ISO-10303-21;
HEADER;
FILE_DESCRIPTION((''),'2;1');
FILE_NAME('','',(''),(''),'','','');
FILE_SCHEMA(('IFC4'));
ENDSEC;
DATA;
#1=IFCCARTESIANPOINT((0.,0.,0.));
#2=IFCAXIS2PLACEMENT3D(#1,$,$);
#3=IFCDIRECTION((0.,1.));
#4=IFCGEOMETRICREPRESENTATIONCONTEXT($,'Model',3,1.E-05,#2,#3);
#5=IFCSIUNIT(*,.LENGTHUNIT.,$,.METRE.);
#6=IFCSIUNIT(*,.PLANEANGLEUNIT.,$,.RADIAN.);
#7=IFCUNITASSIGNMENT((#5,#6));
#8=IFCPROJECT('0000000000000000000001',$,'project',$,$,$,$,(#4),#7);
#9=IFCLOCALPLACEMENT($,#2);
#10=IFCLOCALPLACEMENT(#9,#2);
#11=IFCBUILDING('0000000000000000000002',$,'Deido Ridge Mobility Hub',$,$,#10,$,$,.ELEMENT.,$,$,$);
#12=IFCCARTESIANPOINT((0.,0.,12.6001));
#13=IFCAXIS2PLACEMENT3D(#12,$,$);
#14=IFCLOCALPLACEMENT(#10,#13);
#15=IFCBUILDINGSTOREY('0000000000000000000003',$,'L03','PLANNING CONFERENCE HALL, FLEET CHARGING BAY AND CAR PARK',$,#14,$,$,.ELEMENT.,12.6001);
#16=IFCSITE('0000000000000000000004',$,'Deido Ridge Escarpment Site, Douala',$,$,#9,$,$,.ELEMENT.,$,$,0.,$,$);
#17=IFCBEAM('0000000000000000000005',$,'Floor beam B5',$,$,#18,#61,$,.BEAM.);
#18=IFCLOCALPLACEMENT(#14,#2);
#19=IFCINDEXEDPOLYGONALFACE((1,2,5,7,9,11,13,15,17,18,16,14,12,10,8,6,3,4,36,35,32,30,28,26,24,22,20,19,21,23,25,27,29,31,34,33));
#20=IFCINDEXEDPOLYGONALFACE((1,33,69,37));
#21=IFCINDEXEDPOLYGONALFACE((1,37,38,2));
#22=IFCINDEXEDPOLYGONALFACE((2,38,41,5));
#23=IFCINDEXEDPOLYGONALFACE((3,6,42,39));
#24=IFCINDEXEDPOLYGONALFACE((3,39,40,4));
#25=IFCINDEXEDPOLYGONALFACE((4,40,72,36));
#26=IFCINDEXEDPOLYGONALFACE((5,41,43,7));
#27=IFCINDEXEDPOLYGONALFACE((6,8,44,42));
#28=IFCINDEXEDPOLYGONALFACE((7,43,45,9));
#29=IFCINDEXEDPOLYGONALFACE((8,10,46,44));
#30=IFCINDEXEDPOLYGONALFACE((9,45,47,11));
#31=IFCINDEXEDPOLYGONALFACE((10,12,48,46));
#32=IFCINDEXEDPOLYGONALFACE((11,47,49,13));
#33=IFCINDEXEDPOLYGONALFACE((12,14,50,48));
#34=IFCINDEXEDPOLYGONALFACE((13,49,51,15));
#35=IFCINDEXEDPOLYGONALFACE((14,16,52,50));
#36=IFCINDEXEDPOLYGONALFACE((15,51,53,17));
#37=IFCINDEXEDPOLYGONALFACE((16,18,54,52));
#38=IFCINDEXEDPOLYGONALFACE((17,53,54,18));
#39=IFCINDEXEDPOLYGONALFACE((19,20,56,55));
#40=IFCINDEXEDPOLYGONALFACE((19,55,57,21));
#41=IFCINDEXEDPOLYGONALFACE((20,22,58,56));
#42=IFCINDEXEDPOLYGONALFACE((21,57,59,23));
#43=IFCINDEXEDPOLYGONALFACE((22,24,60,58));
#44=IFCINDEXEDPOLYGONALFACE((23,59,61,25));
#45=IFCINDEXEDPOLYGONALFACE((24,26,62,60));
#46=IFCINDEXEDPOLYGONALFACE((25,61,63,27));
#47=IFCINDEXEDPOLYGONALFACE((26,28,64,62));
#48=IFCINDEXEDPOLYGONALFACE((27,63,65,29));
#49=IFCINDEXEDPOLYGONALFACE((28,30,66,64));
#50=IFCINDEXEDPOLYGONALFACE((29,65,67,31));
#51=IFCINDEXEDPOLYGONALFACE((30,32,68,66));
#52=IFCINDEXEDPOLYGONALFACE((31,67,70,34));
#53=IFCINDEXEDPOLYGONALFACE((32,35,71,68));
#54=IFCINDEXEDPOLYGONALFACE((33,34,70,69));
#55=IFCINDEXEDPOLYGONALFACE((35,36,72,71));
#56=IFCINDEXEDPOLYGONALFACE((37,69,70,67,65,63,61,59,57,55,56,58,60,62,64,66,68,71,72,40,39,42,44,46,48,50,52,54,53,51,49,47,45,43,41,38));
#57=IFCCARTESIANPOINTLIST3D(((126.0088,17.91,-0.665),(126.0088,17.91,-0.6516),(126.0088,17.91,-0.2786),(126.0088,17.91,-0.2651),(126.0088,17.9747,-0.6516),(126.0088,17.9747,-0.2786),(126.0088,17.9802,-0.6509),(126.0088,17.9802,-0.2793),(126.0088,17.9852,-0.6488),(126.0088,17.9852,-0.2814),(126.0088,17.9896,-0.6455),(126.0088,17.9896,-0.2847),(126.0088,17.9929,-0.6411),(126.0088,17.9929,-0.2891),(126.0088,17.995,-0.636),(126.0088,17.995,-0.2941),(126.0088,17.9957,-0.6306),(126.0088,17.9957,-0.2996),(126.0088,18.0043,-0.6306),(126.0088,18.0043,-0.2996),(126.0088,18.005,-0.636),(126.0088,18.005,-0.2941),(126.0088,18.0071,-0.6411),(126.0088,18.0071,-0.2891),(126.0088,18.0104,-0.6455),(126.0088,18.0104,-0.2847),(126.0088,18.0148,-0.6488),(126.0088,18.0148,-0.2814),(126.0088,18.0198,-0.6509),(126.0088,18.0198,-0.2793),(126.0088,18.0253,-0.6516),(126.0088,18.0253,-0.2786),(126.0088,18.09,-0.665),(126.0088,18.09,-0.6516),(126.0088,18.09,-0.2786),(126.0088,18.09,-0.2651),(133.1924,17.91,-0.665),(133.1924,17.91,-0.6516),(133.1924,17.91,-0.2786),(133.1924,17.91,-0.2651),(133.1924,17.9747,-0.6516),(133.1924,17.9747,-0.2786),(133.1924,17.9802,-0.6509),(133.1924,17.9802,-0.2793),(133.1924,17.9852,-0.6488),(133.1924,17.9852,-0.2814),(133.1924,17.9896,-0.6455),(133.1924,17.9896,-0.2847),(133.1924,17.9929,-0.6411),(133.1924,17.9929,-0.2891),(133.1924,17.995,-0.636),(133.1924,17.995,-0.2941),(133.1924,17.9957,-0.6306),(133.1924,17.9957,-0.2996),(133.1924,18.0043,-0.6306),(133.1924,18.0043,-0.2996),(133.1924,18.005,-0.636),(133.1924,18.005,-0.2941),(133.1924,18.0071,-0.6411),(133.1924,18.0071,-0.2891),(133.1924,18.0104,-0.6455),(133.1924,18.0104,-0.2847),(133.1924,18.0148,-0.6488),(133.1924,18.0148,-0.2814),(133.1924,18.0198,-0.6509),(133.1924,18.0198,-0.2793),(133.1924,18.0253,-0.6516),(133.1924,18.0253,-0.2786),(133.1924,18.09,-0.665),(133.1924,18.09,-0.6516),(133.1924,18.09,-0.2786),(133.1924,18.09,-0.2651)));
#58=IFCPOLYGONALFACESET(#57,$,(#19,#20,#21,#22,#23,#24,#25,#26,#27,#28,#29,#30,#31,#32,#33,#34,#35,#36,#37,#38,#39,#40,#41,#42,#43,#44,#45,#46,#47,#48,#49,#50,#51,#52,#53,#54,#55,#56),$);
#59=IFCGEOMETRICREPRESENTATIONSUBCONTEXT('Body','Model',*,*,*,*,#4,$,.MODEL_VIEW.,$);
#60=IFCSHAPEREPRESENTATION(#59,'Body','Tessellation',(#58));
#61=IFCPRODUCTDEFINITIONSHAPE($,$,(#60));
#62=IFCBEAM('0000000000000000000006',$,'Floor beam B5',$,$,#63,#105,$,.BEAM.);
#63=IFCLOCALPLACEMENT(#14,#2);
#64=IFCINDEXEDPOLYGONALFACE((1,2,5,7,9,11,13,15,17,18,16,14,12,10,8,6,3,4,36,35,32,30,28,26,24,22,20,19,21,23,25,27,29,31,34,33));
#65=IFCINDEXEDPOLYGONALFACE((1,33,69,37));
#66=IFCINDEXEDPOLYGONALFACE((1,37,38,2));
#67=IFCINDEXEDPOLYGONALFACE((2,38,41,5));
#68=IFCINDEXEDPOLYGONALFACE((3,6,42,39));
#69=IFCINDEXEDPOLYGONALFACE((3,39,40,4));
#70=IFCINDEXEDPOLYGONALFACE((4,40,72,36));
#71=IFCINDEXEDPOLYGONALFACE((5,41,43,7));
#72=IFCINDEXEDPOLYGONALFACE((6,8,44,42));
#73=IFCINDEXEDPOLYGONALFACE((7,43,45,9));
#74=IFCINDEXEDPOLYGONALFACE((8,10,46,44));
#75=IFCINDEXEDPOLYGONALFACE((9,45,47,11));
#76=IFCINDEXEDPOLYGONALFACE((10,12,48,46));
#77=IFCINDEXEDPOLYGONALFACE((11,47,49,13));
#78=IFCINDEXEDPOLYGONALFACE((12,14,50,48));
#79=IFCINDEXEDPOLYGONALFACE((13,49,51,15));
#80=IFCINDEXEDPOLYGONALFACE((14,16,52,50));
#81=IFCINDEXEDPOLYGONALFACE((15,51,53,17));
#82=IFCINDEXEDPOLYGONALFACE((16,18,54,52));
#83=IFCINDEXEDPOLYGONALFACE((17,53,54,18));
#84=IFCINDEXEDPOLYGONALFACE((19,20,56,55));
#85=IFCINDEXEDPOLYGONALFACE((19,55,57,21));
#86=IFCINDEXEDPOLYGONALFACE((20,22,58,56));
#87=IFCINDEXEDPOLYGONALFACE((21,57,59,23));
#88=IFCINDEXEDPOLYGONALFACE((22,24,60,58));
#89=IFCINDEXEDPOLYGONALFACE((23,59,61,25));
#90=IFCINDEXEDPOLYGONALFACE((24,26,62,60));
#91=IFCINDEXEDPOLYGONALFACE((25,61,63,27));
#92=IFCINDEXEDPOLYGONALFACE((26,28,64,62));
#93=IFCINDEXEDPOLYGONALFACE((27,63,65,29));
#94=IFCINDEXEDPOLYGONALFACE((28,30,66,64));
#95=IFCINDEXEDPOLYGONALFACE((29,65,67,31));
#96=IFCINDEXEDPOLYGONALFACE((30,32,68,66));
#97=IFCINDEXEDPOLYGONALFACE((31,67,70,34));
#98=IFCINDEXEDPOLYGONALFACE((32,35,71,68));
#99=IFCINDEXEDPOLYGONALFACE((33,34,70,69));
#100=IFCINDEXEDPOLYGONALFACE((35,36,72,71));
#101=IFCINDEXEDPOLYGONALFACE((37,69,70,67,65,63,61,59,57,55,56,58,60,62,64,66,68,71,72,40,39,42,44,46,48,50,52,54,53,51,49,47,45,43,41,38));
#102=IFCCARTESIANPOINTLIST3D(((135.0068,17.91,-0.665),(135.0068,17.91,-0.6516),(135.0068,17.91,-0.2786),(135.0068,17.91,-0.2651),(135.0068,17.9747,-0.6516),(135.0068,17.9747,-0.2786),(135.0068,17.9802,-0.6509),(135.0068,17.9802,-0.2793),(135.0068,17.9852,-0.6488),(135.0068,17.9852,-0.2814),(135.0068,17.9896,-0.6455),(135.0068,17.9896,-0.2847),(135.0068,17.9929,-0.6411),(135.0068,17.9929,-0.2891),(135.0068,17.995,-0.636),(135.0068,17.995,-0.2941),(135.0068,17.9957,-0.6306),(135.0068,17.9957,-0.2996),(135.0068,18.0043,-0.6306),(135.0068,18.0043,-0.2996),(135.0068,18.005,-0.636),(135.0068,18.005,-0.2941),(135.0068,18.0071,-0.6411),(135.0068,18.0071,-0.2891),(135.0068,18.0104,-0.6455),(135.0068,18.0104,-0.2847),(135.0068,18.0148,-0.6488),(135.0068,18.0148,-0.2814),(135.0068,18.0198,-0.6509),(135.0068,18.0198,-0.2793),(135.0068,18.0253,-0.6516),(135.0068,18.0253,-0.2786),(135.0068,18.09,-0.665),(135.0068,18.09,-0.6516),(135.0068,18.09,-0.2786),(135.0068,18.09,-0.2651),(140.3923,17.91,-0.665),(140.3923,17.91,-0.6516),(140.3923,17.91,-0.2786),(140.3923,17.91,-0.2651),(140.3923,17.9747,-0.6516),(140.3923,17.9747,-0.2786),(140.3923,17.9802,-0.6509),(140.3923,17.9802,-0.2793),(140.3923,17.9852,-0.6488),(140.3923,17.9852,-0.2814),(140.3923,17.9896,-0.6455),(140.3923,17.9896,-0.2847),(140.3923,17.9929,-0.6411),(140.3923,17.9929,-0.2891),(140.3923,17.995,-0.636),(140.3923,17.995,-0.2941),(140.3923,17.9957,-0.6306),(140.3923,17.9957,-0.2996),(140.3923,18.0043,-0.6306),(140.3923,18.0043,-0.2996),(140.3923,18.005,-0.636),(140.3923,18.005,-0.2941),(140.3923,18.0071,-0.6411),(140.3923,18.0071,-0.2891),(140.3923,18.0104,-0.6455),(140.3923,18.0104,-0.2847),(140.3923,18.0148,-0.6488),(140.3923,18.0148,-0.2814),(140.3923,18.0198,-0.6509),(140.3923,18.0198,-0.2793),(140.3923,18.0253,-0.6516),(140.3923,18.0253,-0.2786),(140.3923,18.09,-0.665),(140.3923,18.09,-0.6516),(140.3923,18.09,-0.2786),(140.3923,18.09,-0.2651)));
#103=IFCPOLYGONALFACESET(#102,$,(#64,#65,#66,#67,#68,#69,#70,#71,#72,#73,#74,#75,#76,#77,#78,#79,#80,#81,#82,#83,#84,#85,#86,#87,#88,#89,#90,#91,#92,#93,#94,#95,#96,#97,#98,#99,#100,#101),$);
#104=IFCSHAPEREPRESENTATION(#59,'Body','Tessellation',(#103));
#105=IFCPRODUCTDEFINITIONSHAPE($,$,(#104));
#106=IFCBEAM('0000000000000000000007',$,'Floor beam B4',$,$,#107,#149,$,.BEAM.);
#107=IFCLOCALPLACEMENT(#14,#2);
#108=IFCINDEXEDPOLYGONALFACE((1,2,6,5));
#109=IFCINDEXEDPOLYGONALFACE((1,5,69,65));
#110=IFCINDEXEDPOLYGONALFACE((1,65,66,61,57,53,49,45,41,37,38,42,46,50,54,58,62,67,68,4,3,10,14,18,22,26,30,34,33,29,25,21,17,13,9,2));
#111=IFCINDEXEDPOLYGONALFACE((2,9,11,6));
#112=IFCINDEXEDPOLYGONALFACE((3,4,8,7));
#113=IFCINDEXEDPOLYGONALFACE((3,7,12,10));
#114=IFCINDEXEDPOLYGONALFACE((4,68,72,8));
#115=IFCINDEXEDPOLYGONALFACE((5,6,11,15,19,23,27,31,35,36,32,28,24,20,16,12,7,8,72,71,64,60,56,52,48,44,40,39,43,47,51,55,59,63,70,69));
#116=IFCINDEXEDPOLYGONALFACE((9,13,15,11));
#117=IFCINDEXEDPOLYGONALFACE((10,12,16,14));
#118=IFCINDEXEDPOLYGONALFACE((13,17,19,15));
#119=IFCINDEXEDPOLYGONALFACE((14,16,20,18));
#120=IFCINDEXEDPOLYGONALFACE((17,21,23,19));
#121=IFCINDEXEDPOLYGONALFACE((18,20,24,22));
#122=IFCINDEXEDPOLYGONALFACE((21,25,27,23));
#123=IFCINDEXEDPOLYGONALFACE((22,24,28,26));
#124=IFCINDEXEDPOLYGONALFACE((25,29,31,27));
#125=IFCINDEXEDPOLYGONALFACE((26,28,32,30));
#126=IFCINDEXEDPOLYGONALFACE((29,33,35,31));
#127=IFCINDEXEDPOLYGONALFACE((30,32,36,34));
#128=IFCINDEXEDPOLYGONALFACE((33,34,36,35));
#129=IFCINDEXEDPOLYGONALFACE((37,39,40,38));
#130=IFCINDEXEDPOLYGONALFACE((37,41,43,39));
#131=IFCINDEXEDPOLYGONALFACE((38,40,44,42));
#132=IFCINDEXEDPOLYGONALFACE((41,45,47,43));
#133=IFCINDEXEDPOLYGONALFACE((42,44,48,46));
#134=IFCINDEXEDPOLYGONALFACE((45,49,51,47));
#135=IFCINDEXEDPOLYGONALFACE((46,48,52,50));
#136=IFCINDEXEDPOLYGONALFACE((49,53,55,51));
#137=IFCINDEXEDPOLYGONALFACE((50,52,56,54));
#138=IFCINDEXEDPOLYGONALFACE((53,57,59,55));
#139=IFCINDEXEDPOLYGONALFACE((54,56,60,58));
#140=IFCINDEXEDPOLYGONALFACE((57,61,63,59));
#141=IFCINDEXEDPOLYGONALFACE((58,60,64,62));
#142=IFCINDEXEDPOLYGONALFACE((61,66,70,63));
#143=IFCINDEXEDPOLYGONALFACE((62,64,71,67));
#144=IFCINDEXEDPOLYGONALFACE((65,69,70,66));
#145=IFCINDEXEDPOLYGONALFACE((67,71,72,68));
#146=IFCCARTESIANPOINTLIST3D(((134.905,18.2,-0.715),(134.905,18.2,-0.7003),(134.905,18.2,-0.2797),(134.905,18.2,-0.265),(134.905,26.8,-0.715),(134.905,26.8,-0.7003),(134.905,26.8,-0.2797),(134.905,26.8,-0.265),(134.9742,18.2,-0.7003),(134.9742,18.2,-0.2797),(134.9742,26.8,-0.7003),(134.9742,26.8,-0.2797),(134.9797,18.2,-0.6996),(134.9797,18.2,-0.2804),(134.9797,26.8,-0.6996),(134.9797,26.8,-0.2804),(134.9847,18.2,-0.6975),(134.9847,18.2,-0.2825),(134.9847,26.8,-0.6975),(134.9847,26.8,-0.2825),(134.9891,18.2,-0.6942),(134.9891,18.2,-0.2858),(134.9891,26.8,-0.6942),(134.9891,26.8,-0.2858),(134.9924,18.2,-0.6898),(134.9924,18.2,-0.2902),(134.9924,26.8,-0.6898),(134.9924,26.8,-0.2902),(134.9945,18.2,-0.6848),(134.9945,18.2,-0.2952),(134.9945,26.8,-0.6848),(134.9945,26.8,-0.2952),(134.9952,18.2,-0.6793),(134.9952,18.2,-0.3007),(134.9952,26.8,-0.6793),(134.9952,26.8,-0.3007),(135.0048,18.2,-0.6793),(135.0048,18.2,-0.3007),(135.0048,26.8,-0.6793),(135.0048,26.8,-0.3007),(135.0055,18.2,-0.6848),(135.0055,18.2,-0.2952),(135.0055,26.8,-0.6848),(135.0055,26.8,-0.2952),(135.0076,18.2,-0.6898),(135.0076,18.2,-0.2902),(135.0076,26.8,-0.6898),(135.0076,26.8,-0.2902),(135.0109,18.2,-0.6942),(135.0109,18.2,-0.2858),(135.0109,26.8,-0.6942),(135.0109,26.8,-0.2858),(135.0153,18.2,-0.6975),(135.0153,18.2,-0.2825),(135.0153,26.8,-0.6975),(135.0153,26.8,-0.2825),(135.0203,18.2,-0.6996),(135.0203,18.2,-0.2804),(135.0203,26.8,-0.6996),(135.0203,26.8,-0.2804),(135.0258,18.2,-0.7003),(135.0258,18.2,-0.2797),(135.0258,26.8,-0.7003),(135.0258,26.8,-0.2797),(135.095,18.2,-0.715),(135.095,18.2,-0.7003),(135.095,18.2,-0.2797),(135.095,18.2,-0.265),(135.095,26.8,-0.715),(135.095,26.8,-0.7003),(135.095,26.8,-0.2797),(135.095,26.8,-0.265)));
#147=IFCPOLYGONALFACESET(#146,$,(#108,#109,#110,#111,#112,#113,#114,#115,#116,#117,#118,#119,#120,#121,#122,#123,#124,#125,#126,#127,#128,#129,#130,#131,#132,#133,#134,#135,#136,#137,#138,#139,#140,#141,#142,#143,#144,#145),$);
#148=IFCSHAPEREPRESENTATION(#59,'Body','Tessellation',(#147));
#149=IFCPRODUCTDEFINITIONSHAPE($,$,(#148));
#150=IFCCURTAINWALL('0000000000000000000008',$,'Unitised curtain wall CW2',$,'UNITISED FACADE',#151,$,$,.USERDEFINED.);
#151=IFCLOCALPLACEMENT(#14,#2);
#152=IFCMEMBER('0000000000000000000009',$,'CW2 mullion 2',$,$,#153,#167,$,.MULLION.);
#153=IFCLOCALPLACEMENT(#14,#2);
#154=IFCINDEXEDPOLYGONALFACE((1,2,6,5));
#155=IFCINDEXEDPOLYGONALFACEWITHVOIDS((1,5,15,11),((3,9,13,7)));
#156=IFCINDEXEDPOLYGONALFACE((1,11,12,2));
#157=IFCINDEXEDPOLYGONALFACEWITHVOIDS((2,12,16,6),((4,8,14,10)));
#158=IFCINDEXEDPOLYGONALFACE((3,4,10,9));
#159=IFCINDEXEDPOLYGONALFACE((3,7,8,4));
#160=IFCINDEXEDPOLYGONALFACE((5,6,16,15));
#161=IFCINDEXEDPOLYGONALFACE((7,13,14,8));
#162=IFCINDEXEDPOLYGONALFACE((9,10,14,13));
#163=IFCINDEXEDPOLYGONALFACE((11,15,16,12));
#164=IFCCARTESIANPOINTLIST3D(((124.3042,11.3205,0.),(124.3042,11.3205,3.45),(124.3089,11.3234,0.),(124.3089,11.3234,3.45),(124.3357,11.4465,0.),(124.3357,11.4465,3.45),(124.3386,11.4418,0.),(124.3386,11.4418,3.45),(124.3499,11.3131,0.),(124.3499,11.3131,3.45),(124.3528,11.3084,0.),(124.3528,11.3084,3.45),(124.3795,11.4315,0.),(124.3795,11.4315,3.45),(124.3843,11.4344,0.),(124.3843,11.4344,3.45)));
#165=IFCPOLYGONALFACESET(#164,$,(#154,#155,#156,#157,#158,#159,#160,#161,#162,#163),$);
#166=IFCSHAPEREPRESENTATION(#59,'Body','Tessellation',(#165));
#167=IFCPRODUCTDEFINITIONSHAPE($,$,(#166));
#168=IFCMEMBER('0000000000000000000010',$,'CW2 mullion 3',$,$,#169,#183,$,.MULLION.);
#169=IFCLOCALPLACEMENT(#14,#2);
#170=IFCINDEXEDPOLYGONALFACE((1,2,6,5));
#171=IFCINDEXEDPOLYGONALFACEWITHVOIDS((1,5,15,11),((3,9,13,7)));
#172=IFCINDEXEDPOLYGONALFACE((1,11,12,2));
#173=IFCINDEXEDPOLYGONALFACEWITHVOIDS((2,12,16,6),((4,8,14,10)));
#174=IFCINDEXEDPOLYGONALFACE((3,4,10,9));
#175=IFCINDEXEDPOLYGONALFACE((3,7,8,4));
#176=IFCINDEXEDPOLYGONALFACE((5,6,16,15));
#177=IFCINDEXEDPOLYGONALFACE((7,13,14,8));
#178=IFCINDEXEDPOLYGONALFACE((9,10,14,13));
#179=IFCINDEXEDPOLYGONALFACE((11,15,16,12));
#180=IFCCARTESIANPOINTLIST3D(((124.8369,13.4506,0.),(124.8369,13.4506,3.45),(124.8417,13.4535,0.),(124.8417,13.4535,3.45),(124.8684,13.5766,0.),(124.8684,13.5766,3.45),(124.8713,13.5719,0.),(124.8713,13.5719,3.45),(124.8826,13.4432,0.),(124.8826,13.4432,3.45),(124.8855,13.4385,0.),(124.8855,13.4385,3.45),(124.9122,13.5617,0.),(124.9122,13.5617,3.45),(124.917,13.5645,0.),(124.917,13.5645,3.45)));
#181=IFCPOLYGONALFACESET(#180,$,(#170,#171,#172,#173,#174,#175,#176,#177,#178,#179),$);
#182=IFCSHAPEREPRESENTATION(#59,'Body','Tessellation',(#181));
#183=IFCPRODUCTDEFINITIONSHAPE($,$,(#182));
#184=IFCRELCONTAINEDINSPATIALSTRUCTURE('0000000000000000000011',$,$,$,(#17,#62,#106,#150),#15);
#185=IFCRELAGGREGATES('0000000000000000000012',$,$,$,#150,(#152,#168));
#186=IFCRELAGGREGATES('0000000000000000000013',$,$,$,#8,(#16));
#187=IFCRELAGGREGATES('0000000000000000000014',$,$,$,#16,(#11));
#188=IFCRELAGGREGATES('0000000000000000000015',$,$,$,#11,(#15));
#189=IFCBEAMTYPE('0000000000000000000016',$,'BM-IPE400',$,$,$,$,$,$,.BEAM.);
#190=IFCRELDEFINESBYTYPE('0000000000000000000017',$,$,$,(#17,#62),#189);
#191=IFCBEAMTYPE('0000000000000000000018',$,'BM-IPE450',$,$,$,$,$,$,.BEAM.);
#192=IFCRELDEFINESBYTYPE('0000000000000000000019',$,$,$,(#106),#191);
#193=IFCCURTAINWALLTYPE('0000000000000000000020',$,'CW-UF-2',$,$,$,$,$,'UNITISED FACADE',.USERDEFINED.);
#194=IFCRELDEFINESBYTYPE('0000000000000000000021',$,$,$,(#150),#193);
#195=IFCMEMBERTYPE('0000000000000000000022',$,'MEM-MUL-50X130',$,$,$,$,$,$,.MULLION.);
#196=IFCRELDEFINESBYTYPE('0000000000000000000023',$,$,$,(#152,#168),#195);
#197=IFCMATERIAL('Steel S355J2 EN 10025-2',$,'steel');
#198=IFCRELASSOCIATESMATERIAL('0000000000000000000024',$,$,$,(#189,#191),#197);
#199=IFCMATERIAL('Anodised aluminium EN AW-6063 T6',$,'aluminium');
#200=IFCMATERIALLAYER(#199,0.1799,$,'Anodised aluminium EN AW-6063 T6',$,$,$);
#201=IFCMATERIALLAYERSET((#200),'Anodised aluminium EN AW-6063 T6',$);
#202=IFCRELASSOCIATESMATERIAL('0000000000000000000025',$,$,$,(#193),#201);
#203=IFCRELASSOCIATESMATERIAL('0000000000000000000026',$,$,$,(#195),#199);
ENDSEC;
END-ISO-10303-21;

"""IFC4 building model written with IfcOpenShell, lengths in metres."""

from ifc_helpers import new_model, si_unit, direction, frame, origin, origin_2d, place, context, subcontext, project, spatial, hollow_rectangle, i_section, extrude, material, layer, layer_set, material_profile, profile_set, type_object, element, aggregate, save


model = new_model("IFC4")

# Units and contexts
model_context = context("Model", 3, precision=1e-05, world=origin(), true_north=direction((0.0, 1.0)))
body_context = subcontext(model_context, "Body", "Model", "MODEL_VIEW")
ifc_project = project(units=[si_unit("LENGTHUNIT", "METRE"), si_unit("PLANEANGLEUNIT", "RADIAN")], contexts=[model_context])

# Site, building, storey
site_placement = place(None, origin())
site = spatial("IfcSite", under=ifc_project, at=site_placement, Name="Deido Ridge Escarpment Site, Douala", CompositionType="ELEMENT", RefElevation=0.0)
building_placement = place(site_placement, origin())
building = spatial("IfcBuilding", under=site, at=building_placement, Name="Deido Ridge Mobility Hub", CompositionType="ELEMENT")
storey_placement = place(building_placement, frame((0.0, 0.0, 12.6001)))
storey = spatial("IfcBuildingStorey", under=building, at=storey_placement, Name="L03", Description="PLANNING CONFERENCE HALL, FLEET CHARGING BAY AND CAR PARK", CompositionType="ELEMENT", Elevation=12.6001)

# Shared definitions
ifc_material_1 = material(Name="Steel S355J2 EN 10025-2", Category="steel")

# Beams
ifc_material_profile_1 = material_profile(ifc_material_1, i_section(OverallWidth=0.1799, OverallDepth=0.3999, WebThickness=0.0085, FlangeThickness=0.0134, FilletRadius=0.021, at=origin_2d()), Name="IPE 400")
ifc_profile_set_1 = profile_set([ifc_material_profile_1], Name="Steel S355J2 EN 10025-2")
beam_type_1 = type_object("IfcBeamType", Name="BM-IPE400", PredefinedType="BEAM", material=ifc_profile_set_1)
beam_1_placement = place(storey_placement, frame((126.0088, 18.0, -0.4651), z_axis=(1.0, 0.0, 0.0), x_axis=(0.0, 1.0, 0.0)))
element("IfcBeam", 1, at=beam_1_placement, inside=storey, type_object=beam_type_1, Name="Floor beam B5", PredefinedType="BEAM", context=body_context, shape_type="SweptSolid", body=[
    extrude(i_section(OverallWidth=0.1799, OverallDepth=0.3999, WebThickness=0.0085, FlangeThickness=0.0134, FilletRadius=0.021, at=origin_2d()), origin(), (0.0, 0.0, 1.0), 7.1836),
])
beam_2_placement = place(storey_placement, frame((135.0068, 18.0, -0.4651), z_axis=(1.0, 0.0, 0.0), x_axis=(0.0, 1.0, 0.0)))
element("IfcBeam", 2, at=beam_2_placement, inside=storey, type_object=beam_type_1, Name="Floor beam B5", PredefinedType="BEAM", context=body_context, shape_type="SweptSolid", body=[
    extrude(i_section(OverallWidth=0.1799, OverallDepth=0.3999, WebThickness=0.0085, FlangeThickness=0.0134, FilletRadius=0.021, at=origin_2d()), origin(), (0.0, 0.0, 1.0), 5.3855),
])
ifc_material_profile_2 = material_profile(ifc_material_1, i_section(OverallWidth=0.1899, OverallDepth=0.45, WebThickness=0.0095, FlangeThickness=0.0146, FilletRadius=0.021, at=origin_2d()), Name="IPE 450")
ifc_profile_set_2 = profile_set([ifc_material_profile_2], Name="Steel S355J2 EN 10025-2")
beam_type_2 = type_object("IfcBeamType", Name="BM-IPE450", PredefinedType="BEAM", material=ifc_profile_set_2)
beam_3_placement = place(storey_placement, frame((135.0, 18.2, -0.49), z_axis=(0.0, 1.0, 0.0), x_axis=(-1.0, 0.0, 0.0)))
element("IfcBeam", 3, at=beam_3_placement, inside=storey, type_object=beam_type_2, Name="Floor beam B4", PredefinedType="BEAM", context=body_context, shape_type="SweptSolid", body=[
    extrude(i_section(OverallWidth=0.1899, OverallDepth=0.45, WebThickness=0.0095, FlangeThickness=0.0146, FilletRadius=0.021, at=origin_2d()), origin(), (0.0, 0.0, 1.0), 8.6001),
])

# Curtain wall, members
ifc_material_2 = material(Name="Anodised aluminium EN AW-6063 T6", Category="aluminium")
ifc_layer_1 = layer(ifc_material_2, 0.1799, Name="Anodised aluminium EN AW-6063 T6")
ifc_layer_set_1 = layer_set([ifc_layer_1], Name="Anodised aluminium EN AW-6063 T6")
curtain_wall_type = type_object("IfcCurtainWallType", Name="CW-UF-2", ElementType="UNITISED FACADE", PredefinedType="USERDEFINED", material=ifc_layer_set_1)
curtain_wall_placement = place(storey_placement, origin())
curtain_wall = element("IfcCurtainWall", 4, at=curtain_wall_placement, inside=storey, type_object=curtain_wall_type, Name="Unitised curtain wall CW2", ObjectType="UNITISED FACADE", PredefinedType="USERDEFINED")
ifc_material_profile_3 = material_profile(ifc_material_2, hollow_rectangle(XDim=0.05, YDim=0.1299, WallThickness=0.0039, at=origin_2d()), Name="RHS 50x130x4")
ifc_profile_set_3 = profile_set([ifc_material_profile_3], Name="Anodised aluminium EN AW-6063 T6")
member_type_1 = type_object("IfcMemberType", Name="MEM-MUL-50X130", PredefinedType="MULLION", material=ifc_profile_set_3)
member_1_placement = place(storey_placement, frame((124.3442, 11.3774, 0.0), z_axis=(0.0, 0.0, 1.0), x_axis=(-0.970144, 0.24253, 0.0)))
member_1 = element("IfcMember", 5, at=member_1_placement, type_object=member_type_1, Name="CW2 mullion 2", PredefinedType="MULLION", context=body_context, shape_type="SweptSolid", body=[
    extrude(hollow_rectangle(XDim=0.05, YDim=0.1299, WallThickness=0.0039, at=origin_2d()), origin(), (0.0, 0.0, 1.0), 3.45),
])
member_2_placement = place(storey_placement, frame((124.877, 13.5076, 0.0), z_axis=(0.0, 0.0, 1.0), x_axis=(-0.970144, 0.24253, 0.0)))
member_2 = element("IfcMember", 6, at=member_2_placement, type_object=member_type_1, Name="CW2 mullion 3", PredefinedType="MULLION", context=body_context, shape_type="SweptSolid", body=[
    extrude(hollow_rectangle(XDim=0.05, YDim=0.1299, WallThickness=0.0039, at=origin_2d()), origin(), (0.0, 0.0, 1.0), 3.45),
])
aggregate(curtain_wall, [member_1, member_2])

save(model, "model.ifc")
